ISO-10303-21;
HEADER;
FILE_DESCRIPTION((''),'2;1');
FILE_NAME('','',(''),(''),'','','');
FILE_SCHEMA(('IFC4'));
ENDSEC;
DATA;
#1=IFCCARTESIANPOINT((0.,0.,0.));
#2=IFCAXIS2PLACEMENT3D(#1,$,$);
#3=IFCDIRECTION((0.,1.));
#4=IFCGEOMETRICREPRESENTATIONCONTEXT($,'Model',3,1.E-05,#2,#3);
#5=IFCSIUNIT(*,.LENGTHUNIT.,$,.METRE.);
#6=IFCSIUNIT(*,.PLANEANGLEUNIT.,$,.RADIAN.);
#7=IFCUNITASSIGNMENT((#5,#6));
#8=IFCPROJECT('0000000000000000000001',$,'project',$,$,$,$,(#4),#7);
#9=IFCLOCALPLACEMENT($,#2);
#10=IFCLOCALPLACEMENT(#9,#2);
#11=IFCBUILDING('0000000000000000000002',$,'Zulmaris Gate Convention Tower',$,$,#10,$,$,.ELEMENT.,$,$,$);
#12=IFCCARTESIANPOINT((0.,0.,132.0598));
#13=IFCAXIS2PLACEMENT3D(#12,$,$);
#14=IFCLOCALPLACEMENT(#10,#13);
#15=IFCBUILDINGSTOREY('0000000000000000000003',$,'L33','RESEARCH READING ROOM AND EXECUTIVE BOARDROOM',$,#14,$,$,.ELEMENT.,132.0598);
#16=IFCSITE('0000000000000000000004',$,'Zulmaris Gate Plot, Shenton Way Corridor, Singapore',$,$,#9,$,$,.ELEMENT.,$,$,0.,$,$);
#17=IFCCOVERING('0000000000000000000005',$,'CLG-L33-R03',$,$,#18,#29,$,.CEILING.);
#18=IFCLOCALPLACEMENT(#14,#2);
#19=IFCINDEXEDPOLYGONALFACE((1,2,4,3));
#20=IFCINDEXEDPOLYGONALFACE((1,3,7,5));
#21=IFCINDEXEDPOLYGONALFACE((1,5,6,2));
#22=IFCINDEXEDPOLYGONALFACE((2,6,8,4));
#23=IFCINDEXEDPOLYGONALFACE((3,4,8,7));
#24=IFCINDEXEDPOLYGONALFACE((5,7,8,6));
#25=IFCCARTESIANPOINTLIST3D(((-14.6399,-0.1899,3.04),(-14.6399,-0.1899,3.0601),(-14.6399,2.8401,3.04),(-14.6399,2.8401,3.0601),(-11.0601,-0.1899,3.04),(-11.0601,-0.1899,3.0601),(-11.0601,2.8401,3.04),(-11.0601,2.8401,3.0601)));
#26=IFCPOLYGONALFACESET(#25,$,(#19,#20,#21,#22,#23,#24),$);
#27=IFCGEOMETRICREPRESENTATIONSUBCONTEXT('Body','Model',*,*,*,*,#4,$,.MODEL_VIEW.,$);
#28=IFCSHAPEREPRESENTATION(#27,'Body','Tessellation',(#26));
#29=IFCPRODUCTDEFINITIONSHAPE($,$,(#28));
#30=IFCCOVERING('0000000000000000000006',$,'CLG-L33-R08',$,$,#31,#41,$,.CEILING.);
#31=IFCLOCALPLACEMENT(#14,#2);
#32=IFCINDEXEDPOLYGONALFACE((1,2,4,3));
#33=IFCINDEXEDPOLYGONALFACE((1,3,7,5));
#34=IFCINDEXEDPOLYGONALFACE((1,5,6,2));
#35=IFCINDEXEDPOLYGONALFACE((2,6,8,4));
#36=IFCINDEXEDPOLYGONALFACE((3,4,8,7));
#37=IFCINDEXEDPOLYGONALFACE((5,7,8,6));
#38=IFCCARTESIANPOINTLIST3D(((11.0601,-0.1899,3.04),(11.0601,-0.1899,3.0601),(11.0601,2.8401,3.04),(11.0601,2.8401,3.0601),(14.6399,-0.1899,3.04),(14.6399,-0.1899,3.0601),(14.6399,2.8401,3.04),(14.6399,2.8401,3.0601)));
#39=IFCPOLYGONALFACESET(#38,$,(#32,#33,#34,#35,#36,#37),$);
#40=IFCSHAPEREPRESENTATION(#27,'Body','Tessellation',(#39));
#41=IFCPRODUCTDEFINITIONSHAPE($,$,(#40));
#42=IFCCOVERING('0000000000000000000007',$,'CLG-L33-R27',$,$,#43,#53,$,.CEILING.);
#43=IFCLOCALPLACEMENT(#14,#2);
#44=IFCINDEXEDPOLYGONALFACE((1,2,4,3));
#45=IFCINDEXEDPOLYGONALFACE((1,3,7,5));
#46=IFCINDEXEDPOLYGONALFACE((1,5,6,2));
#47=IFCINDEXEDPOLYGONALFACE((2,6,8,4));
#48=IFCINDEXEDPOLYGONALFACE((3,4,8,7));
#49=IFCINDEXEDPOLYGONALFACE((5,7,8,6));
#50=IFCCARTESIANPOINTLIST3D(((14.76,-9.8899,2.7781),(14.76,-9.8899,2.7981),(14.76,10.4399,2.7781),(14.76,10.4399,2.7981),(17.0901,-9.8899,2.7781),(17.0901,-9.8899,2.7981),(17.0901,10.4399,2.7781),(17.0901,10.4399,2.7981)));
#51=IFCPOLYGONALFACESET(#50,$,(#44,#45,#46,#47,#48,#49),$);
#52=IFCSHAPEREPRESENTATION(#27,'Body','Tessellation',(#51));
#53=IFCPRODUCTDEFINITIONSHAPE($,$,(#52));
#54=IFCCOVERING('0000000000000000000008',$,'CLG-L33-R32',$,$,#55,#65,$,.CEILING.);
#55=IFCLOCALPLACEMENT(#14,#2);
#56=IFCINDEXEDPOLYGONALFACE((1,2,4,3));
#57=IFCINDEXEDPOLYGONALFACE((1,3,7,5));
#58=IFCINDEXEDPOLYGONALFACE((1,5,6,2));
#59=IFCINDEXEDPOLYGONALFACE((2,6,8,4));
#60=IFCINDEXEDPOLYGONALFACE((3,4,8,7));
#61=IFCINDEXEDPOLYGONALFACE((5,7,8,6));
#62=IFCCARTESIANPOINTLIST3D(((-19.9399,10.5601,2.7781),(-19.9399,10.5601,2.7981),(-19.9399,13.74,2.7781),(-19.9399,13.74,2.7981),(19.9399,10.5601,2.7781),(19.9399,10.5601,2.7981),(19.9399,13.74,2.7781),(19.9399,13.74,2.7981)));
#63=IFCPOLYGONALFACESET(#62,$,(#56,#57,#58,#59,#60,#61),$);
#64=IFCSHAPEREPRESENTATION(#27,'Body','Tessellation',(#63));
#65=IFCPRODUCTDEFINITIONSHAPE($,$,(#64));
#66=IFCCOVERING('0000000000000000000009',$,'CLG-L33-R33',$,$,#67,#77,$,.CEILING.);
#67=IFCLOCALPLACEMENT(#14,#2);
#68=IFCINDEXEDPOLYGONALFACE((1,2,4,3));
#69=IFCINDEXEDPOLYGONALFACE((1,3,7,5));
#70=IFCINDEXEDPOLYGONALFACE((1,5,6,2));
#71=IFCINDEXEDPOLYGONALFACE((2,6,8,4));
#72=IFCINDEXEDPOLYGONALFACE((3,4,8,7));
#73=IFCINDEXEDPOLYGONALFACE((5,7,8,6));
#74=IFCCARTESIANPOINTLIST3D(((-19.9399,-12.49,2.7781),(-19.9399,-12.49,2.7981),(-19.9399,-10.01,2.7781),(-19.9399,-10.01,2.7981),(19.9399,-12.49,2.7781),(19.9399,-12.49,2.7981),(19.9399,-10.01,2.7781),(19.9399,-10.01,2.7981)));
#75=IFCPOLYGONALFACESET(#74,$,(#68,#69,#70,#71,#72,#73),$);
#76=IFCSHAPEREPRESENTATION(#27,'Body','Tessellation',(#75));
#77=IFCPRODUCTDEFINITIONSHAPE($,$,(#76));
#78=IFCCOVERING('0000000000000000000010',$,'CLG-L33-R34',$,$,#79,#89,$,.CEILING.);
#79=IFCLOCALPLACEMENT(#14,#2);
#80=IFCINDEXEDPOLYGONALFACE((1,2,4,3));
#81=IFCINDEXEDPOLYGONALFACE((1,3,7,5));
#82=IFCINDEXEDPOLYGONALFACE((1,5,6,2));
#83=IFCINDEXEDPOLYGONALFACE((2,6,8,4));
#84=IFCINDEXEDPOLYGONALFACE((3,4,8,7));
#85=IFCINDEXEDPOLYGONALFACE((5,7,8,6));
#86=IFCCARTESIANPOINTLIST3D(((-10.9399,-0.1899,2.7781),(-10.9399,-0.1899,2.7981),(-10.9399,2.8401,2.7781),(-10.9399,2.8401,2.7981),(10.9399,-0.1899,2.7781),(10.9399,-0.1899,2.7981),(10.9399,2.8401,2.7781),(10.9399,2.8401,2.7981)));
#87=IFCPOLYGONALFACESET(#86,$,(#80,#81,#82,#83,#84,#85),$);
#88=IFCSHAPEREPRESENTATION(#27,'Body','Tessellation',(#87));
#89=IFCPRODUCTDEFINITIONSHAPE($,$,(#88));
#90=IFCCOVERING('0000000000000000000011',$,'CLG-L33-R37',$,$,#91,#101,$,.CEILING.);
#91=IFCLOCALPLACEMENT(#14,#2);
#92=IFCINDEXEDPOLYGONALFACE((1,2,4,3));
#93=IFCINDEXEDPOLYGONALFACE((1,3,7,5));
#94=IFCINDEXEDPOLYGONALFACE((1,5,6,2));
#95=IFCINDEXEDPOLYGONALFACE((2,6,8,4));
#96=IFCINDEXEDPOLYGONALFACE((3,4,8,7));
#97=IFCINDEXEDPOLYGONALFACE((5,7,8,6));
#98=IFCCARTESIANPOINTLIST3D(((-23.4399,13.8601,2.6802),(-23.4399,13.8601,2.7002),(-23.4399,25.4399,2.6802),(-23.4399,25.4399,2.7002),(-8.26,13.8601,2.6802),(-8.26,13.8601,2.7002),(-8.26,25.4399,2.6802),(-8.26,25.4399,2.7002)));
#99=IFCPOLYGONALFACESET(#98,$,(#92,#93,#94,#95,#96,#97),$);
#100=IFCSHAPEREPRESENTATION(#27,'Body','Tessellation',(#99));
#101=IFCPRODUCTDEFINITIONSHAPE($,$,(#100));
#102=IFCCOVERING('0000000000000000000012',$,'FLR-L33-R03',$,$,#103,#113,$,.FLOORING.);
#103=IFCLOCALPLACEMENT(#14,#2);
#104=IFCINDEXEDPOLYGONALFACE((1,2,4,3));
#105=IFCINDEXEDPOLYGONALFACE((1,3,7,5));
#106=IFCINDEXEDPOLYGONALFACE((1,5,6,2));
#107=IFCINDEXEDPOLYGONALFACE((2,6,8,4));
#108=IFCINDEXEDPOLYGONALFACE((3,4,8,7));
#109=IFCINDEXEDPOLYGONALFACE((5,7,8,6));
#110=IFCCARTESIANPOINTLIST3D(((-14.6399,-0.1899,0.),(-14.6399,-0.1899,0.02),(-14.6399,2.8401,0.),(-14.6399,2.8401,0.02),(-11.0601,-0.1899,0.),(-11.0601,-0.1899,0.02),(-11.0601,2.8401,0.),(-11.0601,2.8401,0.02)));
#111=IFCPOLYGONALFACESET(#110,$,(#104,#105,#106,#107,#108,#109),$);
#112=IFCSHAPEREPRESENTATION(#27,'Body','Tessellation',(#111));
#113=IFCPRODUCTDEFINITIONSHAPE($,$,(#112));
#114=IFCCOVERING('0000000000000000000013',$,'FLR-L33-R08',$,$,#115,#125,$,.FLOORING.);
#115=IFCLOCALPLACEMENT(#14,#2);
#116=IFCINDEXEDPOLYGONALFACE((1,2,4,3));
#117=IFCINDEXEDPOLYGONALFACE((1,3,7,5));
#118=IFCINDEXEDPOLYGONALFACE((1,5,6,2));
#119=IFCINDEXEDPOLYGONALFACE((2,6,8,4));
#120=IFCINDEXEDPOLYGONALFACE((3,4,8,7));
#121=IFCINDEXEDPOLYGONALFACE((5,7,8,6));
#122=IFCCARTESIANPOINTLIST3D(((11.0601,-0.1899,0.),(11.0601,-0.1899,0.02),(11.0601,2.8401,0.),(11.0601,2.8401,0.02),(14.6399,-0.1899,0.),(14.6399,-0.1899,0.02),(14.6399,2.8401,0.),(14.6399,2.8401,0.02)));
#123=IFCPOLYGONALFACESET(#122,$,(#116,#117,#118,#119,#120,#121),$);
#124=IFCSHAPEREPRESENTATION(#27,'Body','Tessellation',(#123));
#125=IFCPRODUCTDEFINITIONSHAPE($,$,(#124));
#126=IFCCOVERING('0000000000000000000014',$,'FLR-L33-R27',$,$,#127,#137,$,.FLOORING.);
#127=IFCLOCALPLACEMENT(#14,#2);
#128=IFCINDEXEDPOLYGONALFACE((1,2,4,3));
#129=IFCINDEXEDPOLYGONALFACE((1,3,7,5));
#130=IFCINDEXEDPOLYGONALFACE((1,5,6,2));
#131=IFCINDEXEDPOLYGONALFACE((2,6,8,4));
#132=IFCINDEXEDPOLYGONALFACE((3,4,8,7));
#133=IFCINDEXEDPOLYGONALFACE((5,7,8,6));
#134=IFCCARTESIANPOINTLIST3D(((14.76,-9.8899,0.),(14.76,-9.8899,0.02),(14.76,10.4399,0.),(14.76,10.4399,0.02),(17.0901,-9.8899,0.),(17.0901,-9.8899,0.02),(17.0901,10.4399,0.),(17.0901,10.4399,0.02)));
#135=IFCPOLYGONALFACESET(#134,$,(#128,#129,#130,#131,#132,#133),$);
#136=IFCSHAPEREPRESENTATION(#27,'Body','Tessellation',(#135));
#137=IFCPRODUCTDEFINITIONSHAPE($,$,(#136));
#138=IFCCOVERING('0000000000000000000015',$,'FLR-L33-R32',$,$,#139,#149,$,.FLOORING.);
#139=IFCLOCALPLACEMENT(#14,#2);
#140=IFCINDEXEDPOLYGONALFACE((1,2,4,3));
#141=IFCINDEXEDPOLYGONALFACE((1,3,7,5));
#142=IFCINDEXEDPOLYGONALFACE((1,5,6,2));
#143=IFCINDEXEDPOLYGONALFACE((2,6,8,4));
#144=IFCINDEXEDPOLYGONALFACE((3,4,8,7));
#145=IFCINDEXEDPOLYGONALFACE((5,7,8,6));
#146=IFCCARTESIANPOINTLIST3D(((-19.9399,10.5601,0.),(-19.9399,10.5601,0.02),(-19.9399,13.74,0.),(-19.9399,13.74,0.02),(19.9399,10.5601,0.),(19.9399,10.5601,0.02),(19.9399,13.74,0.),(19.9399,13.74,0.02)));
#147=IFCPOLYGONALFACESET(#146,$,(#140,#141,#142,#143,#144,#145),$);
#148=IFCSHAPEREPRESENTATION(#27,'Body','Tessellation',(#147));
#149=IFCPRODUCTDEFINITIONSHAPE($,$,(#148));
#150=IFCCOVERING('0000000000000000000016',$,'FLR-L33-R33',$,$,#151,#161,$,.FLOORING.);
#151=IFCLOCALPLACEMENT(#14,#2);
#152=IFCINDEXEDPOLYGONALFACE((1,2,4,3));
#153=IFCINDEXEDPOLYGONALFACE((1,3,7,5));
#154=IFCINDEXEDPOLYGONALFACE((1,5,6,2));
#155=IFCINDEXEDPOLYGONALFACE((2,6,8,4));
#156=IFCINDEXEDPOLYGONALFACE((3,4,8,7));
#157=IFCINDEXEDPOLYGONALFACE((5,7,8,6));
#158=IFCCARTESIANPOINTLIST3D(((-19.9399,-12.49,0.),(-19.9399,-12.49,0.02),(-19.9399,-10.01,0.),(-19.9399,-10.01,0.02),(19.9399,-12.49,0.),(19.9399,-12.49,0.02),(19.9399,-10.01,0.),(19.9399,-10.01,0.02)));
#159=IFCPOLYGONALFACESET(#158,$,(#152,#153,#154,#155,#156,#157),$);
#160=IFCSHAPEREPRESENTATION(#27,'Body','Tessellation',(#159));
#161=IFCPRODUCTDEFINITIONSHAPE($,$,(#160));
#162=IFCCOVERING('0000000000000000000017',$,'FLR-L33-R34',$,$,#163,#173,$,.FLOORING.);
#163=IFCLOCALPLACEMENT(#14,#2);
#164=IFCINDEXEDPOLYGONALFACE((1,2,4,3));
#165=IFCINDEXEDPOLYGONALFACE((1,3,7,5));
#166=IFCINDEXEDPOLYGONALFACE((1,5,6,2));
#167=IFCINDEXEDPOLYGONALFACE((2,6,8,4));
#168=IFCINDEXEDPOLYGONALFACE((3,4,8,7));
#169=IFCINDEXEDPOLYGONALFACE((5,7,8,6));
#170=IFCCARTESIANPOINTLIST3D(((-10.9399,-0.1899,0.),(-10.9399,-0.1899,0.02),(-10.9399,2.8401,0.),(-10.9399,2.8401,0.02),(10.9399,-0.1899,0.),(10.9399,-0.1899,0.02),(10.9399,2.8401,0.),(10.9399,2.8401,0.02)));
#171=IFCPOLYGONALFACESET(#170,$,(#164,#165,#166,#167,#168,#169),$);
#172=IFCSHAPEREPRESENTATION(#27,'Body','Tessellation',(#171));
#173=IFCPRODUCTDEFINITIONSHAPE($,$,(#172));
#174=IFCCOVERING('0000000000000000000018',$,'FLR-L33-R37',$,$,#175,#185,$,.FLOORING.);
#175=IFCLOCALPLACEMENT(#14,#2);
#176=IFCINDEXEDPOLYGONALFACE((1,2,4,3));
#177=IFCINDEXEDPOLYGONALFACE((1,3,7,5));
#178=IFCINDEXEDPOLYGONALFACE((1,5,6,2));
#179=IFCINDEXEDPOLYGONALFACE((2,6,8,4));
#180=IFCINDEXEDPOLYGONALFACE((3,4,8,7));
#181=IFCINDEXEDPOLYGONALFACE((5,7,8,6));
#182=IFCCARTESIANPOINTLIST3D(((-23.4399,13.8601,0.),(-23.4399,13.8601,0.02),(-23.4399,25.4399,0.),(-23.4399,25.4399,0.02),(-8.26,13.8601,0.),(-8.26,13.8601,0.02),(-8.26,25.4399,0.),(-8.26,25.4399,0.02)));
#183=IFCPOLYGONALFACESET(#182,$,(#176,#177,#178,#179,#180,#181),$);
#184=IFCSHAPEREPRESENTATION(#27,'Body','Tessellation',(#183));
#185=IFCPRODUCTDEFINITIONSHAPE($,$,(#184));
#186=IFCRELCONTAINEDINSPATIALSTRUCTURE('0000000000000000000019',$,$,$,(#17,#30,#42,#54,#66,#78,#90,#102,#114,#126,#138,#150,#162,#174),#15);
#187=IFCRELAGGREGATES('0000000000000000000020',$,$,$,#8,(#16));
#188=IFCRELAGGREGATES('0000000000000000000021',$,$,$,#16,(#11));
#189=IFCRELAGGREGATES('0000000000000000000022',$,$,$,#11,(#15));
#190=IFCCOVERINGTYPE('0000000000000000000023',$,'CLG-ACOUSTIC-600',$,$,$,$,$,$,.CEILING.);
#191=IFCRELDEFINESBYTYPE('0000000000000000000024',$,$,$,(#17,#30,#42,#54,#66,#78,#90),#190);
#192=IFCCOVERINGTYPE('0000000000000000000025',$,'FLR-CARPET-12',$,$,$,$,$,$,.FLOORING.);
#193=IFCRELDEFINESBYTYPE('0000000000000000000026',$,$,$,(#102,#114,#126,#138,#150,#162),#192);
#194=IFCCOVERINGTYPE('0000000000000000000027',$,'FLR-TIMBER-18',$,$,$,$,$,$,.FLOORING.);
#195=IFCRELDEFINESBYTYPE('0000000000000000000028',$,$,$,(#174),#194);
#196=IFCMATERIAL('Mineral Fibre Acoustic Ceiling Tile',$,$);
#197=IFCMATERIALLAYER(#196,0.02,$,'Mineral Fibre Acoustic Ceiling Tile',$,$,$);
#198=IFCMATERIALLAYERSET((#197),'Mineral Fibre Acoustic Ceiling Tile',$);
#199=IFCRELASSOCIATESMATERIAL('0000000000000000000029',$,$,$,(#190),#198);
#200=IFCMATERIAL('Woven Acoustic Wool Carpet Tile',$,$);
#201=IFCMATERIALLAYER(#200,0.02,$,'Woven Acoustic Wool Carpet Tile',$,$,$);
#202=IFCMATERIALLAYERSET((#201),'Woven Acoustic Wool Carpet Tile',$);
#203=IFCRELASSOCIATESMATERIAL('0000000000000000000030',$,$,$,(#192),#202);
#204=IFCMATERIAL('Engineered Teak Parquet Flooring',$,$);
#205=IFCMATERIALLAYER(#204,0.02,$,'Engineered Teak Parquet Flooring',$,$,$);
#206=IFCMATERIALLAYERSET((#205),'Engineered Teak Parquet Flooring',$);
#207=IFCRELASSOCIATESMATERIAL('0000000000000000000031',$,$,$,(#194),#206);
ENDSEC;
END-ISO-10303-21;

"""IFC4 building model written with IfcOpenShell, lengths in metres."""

from ifc_helpers import new_model, si_unit, direction, frame, origin, place, context, subcontext, project, spatial, polyline, outline, extrude, material, layer, layer_set, type_object, element, save


model = new_model("IFC4")

# Units and contexts
model_context = context("Model", 3, precision=1e-05, world=origin(), true_north=direction((0.0, 1.0)))
body_context = subcontext(model_context, "Body", "Model", "MODEL_VIEW")
ifc_project = project(units=[si_unit("LENGTHUNIT", "METRE"), si_unit("PLANEANGLEUNIT", "RADIAN")], contexts=[model_context])

# Site, building, storey
site_placement = place(None, origin())
site = spatial("IfcSite", under=ifc_project, at=site_placement, Name="Zulmaris Gate Plot, Shenton Way Corridor, Singapore", CompositionType="ELEMENT", RefElevation=0.0)
building_placement = place(site_placement, origin())
building = spatial("IfcBuilding", under=site, at=building_placement, Name="Zulmaris Gate Convention Tower", CompositionType="ELEMENT")
storey_placement = place(building_placement, frame((0.0, 0.0, 132.0598)))
storey = spatial("IfcBuildingStorey", under=building, at=storey_placement, Name="L33", Description="RESEARCH READING ROOM AND EXECUTIVE BOARDROOM", CompositionType="ELEMENT", Elevation=132.0598)

# Coverings
ifc_material_1 = material(Name="Mineral Fibre Acoustic Ceiling Tile")
ifc_layer_1 = layer(ifc_material_1, 0.02, Name="Mineral Fibre Acoustic Ceiling Tile")
ifc_layer_set_1 = layer_set([ifc_layer_1], Name="Mineral Fibre Acoustic Ceiling Tile")
covering_type_1 = type_object("IfcCoveringType", Name="CLG-ACOUSTIC-600", PredefinedType="CEILING", material=ifc_layer_set_1)
covering_1_placement = place(storey_placement, frame((0.0, 0.0, 3.04)))
element("IfcCovering", 1, at=covering_1_placement, inside=storey, type_object=covering_type_1, Name="CLG-L33-R03", PredefinedType="CEILING", context=body_context, shape_type="SweptSolid", body=[
    extrude(outline(polyline([(-14.6399, -0.1899), (-11.0601, -0.1899), (-11.0601, 2.8401), (-14.6399, 2.8401), (-14.6399, -0.1899)])), origin(), (0.0, 0.0, 1.0), 0.02),
])
covering_2_placement = place(storey_placement, frame((0.0, 0.0, 3.04)))
element("IfcCovering", 2, at=covering_2_placement, inside=storey, type_object=covering_type_1, Name="CLG-L33-R08", PredefinedType="CEILING", context=body_context, shape_type="SweptSolid", body=[
    extrude(outline(polyline([(11.0601, -0.1899), (14.6399, -0.1899), (14.6399, 2.8401), (11.0601, 2.8401), (11.0601, -0.1899)])), origin(), (0.0, 0.0, 1.0), 0.02),
])
covering_3_placement = place(storey_placement, frame((0.0, 0.0, 2.7781)))
element("IfcCovering", 3, at=covering_3_placement, inside=storey, type_object=covering_type_1, Name="CLG-L33-R27", PredefinedType="CEILING", context=body_context, shape_type="SweptSolid", body=[
    extrude(outline(polyline([(14.76, -9.8899), (17.0901, -9.8899), (17.0901, 10.4399), (14.76, 10.4399), (14.76, -9.8899)])), origin(), (0.0, 0.0, 1.0), 0.02),
])
covering_4_placement = place(storey_placement, frame((0.0, 0.0, 2.7781)))
element("IfcCovering", 4, at=covering_4_placement, inside=storey, type_object=covering_type_1, Name="CLG-L33-R32", PredefinedType="CEILING", context=body_context, shape_type="SweptSolid", body=[
    extrude(outline(polyline([(-19.9399, 10.5601), (19.9399, 10.5601), (19.9399, 13.74), (-19.9399, 13.74), (-19.9399, 10.5601)])), origin(), (0.0, 0.0, 1.0), 0.02),
])
covering_5_placement = place(storey_placement, frame((0.0, 0.0, 2.7781)))
element("IfcCovering", 5, at=covering_5_placement, inside=storey, type_object=covering_type_1, Name="CLG-L33-R33", PredefinedType="CEILING", context=body_context, shape_type="SweptSolid", body=[
    extrude(outline(polyline([(-19.9399, -12.49), (19.9399, -12.49), (19.9399, -10.01), (-19.9399, -10.01), (-19.9399, -12.49)])), origin(), (0.0, 0.0, 1.0), 0.02),
])
covering_6_placement = place(storey_placement, frame((0.0, 0.0, 2.7781)))
element("IfcCovering", 6, at=covering_6_placement, inside=storey, type_object=covering_type_1, Name="CLG-L33-R34", PredefinedType="CEILING", context=body_context, shape_type="SweptSolid", body=[
    extrude(outline(polyline([(-10.9399, -0.1899), (10.9399, -0.1899), (10.9399, 2.8401), (-10.9399, 2.8401), (-10.9399, -0.1899)])), origin(), (0.0, 0.0, 1.0), 0.02),
])
covering_7_placement = place(storey_placement, frame((0.0, 0.0, 2.6802)))
element("IfcCovering", 7, at=covering_7_placement, inside=storey, type_object=covering_type_1, Name="CLG-L33-R37", PredefinedType="CEILING", context=body_context, shape_type="SweptSolid", body=[
    extrude(outline(polyline([(-23.4399, 13.8601), (-8.26, 13.8601), (-8.26, 25.4399), (-23.4399, 25.4399), (-23.4399, 13.8601)])), origin(), (0.0, 0.0, 1.0), 0.02),
])
ifc_material_2 = material(Name="Woven Acoustic Wool Carpet Tile")
ifc_layer_2 = layer(ifc_material_2, 0.02, Name="Woven Acoustic Wool Carpet Tile")
ifc_layer_set_2 = layer_set([ifc_layer_2], Name="Woven Acoustic Wool Carpet Tile")
covering_type_2 = type_object("IfcCoveringType", Name="FLR-CARPET-12", PredefinedType="FLOORING", material=ifc_layer_set_2)
covering_8_placement = place(storey_placement, origin())
element("IfcCovering", 8, at=covering_8_placement, inside=storey, type_object=covering_type_2, Name="FLR-L33-R03", PredefinedType="FLOORING", context=body_context, shape_type="SweptSolid", body=[
    extrude(outline(polyline([(-14.6399, -0.1899), (-11.0601, -0.1899), (-11.0601, 2.8401), (-14.6399, 2.8401), (-14.6399, -0.1899)])), origin(), (0.0, 0.0, 1.0), 0.02),
])
covering_9_placement = place(storey_placement, origin())
element("IfcCovering", 9, at=covering_9_placement, inside=storey, type_object=covering_type_2, Name="FLR-L33-R08", PredefinedType="FLOORING", context=body_context, shape_type="SweptSolid", body=[
    extrude(outline(polyline([(11.0601, -0.1899), (14.6399, -0.1899), (14.6399, 2.8401), (11.0601, 2.8401), (11.0601, -0.1899)])), origin(), (0.0, 0.0, 1.0), 0.02),
])
covering_10_placement = place(storey_placement, origin())
element("IfcCovering", 10, at=covering_10_placement, inside=storey, type_object=covering_type_2, Name="FLR-L33-R27", PredefinedType="FLOORING", context=body_context, shape_type="SweptSolid", body=[
    extrude(outline(polyline([(14.76, -9.8899), (17.0901, -9.8899), (17.0901, 10.4399), (14.76, 10.4399), (14.76, -9.8899)])), origin(), (0.0, 0.0, 1.0), 0.02),
])
covering_11_placement = place(storey_placement, origin())
element("IfcCovering", 11, at=covering_11_placement, inside=storey, type_object=covering_type_2, Name="FLR-L33-R32", PredefinedType="FLOORING", context=body_context, shape_type="SweptSolid", body=[
    extrude(outline(polyline([(-19.9399, 10.5601), (19.9399, 10.5601), (19.9399, 13.74), (-19.9399, 13.74), (-19.9399, 10.5601)])), origin(), (0.0, 0.0, 1.0), 0.02),
])
covering_12_placement = place(storey_placement, origin())
element("IfcCovering", 12, at=covering_12_placement, inside=storey, type_object=covering_type_2, Name="FLR-L33-R33", PredefinedType="FLOORING", context=body_context, shape_type="SweptSolid", body=[
    extrude(outline(polyline([(-19.9399, -12.49), (19.9399, -12.49), (19.9399, -10.01), (-19.9399, -10.01), (-19.9399, -12.49)])), origin(), (0.0, 0.0, 1.0), 0.02),
])
covering_13_placement = place(storey_placement, origin())
element("IfcCovering", 13, at=covering_13_placement, inside=storey, type_object=covering_type_2, Name="FLR-L33-R34", PredefinedType="FLOORING", context=body_context, shape_type="SweptSolid", body=[
    extrude(outline(polyline([(-10.9399, -0.1899), (10.9399, -0.1899), (10.9399, 2.8401), (-10.9399, 2.8401), (-10.9399, -0.1899)])), origin(), (0.0, 0.0, 1.0), 0.02),
])
ifc_material_3 = material(Name="Engineered Teak Parquet Flooring")
ifc_layer_3 = layer(ifc_material_3, 0.02, Name="Engineered Teak Parquet Flooring")
ifc_layer_set_3 = layer_set([ifc_layer_3], Name="Engineered Teak Parquet Flooring")
covering_type_3 = type_object("IfcCoveringType", Name="FLR-TIMBER-18", PredefinedType="FLOORING", material=ifc_layer_set_3)
covering_14_placement = place(storey_placement, origin())
element("IfcCovering", 14, at=covering_14_placement, inside=storey, type_object=covering_type_3, Name="FLR-L33-R37", PredefinedType="FLOORING", context=body_context, shape_type="SweptSolid", body=[
    extrude(outline(polyline([(-23.4399, 13.8601), (-8.26, 13.8601), (-8.26, 25.4399), (-23.4399, 25.4399), (-23.4399, 13.8601)])), origin(), (0.0, 0.0, 1.0), 0.02),
])

save(model, "model.ifc")
